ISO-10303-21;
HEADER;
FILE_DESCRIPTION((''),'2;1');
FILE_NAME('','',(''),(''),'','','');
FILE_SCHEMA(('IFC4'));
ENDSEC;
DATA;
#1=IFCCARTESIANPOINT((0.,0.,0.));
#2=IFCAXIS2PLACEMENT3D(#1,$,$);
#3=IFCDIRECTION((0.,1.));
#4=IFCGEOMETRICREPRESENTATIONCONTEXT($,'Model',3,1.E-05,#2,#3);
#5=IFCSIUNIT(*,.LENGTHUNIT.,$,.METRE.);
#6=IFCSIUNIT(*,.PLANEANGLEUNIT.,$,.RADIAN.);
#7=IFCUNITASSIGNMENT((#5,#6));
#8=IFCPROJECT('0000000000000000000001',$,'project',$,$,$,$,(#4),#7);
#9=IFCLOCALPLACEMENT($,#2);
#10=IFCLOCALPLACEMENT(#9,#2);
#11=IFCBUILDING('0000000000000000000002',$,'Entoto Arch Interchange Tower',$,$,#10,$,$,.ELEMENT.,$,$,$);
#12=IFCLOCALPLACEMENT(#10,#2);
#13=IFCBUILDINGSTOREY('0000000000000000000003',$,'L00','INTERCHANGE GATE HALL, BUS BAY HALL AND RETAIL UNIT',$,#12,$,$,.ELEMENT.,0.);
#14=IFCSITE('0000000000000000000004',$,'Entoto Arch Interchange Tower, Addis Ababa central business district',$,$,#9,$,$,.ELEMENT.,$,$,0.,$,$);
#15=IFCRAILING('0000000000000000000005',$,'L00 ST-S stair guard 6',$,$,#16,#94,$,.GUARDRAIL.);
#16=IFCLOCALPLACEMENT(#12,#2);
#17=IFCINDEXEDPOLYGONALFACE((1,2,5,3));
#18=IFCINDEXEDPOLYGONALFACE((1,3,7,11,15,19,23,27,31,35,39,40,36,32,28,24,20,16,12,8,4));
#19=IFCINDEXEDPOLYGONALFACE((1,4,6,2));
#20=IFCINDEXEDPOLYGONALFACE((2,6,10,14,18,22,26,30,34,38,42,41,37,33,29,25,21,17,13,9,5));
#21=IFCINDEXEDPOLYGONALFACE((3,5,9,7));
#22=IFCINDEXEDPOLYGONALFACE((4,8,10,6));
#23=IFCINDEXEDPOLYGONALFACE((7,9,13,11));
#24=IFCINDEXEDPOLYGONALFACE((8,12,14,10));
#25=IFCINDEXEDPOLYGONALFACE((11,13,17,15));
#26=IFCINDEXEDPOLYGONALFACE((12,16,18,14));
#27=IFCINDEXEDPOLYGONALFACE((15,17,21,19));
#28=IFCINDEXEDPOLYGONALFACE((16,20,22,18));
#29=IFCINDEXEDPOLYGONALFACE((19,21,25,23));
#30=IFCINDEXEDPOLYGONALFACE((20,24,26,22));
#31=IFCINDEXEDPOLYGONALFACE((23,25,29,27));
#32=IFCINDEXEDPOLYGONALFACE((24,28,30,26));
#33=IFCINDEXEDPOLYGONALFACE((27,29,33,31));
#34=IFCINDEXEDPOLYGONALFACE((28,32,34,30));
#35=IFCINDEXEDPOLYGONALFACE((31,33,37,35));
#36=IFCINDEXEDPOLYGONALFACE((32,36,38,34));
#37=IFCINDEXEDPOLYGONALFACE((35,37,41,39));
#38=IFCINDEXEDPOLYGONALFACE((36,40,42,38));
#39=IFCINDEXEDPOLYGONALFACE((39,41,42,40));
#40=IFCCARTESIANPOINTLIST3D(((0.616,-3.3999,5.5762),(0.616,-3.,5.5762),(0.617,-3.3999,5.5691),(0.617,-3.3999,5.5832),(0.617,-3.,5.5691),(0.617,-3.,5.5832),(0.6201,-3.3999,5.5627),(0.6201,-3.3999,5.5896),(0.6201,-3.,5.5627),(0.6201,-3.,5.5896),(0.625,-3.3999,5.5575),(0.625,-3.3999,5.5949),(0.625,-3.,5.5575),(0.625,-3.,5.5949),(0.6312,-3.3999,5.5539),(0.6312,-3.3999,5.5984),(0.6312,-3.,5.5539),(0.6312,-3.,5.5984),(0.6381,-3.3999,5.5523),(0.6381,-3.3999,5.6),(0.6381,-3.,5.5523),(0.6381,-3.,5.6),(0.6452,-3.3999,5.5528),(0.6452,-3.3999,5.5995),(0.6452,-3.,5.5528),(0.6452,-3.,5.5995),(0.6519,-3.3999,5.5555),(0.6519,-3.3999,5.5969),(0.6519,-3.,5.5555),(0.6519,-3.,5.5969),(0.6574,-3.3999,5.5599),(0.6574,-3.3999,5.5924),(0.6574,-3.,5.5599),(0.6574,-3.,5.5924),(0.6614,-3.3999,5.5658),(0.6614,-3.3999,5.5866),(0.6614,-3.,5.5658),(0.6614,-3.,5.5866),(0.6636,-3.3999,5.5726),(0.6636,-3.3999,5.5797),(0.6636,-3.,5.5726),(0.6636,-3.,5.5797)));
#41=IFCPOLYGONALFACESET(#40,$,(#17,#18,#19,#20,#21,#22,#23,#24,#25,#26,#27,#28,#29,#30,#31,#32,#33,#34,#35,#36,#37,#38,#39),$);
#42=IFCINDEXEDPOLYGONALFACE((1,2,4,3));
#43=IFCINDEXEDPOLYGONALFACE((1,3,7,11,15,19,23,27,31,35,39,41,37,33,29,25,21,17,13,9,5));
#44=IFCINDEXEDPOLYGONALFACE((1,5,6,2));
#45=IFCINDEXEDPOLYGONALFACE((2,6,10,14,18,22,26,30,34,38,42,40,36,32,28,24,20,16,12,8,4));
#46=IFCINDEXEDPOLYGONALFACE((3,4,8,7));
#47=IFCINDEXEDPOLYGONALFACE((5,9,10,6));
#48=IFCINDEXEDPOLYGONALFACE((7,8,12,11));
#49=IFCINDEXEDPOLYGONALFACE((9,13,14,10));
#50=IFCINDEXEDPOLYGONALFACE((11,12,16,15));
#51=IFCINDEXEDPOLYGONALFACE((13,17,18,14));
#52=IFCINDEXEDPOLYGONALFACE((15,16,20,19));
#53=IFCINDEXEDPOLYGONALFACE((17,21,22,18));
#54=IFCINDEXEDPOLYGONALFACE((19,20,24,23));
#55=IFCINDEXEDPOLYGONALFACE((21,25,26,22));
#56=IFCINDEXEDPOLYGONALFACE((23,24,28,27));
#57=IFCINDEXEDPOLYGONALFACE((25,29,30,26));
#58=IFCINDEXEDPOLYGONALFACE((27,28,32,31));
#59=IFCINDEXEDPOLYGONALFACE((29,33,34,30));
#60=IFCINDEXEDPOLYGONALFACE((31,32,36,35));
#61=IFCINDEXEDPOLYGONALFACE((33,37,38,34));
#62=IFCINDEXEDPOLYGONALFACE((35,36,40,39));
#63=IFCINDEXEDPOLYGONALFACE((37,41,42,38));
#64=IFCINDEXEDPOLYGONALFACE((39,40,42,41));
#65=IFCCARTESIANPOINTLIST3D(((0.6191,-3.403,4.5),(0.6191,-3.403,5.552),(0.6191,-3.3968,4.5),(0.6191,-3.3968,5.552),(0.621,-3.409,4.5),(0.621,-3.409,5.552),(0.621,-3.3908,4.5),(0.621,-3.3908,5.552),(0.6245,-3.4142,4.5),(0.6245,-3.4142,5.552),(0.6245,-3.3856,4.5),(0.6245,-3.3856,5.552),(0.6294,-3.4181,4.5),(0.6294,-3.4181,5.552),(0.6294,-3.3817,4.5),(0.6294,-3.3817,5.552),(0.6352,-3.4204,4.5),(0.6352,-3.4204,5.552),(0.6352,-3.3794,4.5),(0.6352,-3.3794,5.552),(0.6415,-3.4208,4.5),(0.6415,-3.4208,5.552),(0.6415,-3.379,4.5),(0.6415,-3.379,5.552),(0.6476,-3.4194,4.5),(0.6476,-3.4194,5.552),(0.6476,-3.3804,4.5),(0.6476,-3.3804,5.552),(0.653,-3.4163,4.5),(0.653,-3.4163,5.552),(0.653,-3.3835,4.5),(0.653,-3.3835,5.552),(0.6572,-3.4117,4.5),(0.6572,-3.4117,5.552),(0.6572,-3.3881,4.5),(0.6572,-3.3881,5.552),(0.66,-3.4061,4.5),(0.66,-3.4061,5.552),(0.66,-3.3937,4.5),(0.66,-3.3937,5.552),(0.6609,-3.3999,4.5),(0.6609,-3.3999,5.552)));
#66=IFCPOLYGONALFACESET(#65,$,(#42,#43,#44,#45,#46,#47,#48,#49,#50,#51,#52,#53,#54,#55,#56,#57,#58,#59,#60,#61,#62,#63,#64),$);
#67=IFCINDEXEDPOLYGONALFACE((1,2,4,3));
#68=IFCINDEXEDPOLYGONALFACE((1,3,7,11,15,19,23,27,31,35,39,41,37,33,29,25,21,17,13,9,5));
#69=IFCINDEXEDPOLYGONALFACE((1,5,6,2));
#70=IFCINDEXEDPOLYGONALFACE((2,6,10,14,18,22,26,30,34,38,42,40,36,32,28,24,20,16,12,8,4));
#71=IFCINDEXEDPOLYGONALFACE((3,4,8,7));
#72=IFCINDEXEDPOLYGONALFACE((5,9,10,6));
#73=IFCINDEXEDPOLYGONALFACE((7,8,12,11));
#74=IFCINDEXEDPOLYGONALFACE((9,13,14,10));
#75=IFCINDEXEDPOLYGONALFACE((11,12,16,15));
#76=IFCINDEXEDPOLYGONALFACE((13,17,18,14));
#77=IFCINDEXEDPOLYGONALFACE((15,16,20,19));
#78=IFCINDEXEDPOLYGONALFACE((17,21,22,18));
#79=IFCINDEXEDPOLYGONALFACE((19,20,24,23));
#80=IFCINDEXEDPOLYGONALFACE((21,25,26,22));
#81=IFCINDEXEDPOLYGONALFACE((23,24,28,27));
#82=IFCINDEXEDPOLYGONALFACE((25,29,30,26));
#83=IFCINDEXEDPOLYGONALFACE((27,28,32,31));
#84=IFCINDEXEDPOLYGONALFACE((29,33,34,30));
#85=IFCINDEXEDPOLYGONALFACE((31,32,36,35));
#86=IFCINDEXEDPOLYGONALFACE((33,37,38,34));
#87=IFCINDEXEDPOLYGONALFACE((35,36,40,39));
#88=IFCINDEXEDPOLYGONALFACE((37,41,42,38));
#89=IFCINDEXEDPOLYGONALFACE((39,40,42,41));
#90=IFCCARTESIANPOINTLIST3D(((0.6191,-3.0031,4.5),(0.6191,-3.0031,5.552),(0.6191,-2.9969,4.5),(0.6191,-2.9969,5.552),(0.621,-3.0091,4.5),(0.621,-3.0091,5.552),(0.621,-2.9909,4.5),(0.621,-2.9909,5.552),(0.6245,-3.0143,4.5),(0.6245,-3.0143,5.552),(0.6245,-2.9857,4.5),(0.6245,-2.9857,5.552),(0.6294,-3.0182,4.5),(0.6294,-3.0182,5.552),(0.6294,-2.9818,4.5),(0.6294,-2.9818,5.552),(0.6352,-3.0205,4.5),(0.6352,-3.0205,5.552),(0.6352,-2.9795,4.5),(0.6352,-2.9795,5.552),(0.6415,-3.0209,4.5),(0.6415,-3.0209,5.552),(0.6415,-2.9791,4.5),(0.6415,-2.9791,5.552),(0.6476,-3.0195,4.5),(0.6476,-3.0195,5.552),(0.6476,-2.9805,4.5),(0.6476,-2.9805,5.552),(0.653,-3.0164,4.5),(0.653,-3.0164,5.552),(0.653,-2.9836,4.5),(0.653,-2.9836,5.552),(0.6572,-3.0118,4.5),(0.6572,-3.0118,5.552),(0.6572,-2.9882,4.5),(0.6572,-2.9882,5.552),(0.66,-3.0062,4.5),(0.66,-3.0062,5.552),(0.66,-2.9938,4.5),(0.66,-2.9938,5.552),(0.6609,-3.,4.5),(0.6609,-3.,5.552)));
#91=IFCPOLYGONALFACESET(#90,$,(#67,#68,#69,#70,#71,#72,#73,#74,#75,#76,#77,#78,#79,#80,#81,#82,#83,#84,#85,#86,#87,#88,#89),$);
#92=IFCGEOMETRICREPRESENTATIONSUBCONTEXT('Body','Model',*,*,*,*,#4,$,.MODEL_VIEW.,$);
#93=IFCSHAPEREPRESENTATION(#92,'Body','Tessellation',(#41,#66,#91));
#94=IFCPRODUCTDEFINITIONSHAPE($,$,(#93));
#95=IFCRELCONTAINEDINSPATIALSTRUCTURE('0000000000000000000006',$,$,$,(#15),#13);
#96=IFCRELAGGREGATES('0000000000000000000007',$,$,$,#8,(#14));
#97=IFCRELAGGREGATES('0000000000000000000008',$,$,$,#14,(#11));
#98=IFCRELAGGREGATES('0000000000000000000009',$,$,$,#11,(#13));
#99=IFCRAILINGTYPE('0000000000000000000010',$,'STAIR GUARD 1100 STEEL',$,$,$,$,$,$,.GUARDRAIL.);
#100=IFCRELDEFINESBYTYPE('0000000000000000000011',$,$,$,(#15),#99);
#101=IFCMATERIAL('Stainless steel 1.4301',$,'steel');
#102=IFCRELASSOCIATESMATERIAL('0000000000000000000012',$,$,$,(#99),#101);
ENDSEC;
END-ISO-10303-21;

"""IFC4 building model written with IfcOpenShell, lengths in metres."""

from ifc_helpers import new_model, si_unit, direction, frame, origin, origin_2d, place, context, subcontext, project, spatial, circle, extrude, material, type_object, element, save


model = new_model("IFC4")

# Units and contexts
model_context = context("Model", 3, precision=1e-05, world=origin(), true_north=direction((0.0, 1.0)))
body_context = subcontext(model_context, "Body", "Model", "MODEL_VIEW")
ifc_project = project(units=[si_unit("LENGTHUNIT", "METRE"), si_unit("PLANEANGLEUNIT", "RADIAN")], contexts=[model_context])

# Site, building, storey
site_placement = place(None, origin())
site = spatial("IfcSite", under=ifc_project, at=site_placement, Name="Entoto Arch Interchange Tower, Addis Ababa central business district", CompositionType="ELEMENT", RefElevation=0.0)
building_placement = place(site_placement, origin())
building = spatial("IfcBuilding", under=site, at=building_placement, Name="Entoto Arch Interchange Tower", CompositionType="ELEMENT")
storey_placement = place(building_placement, origin())
storey = spatial("IfcBuildingStorey", under=building, at=storey_placement, Name="L00", Description="INTERCHANGE GATE HALL, BUS BAY HALL AND RETAIL UNIT", CompositionType="ELEMENT", Elevation=0.0)

# Railing
ifc_material_1 = material(Name="Stainless steel 1.4301", Category="steel")
railing_type = type_object("IfcRailingType", Name="STAIR GUARD 1100 STEEL", PredefinedType="GUARDRAIL", material=ifc_material_1)
railing_1_placement = place(storey_placement, frame((0.6399, -3.3999, 4.5)))
element("IfcRailing", 1, at=railing_1_placement, inside=storey, type_object=railing_type, Name="L00 ST-S stair guard 6", PredefinedType="GUARDRAIL", context=body_context, shape_type="SweptSolid", body=[
    extrude(circle(Radius=0.0239, at=origin_2d()), frame((0.0, 0.0, 1.0762), z_axis=(0.0, 1.0, 0.0), x_axis=(-1.0, 0.0, 0.0)), (0.0, 0.0, 1.0), 0.3999),
    extrude(circle(Radius=0.021, at=origin_2d()), origin(), (0.0, 0.0, 1.0), 1.052),
    extrude(circle(Radius=0.021, at=origin_2d()), frame((0.0, 0.3999, 0.0)), (0.0, 0.0, 1.0), 1.052),
])

save(model, "model.ifc")
